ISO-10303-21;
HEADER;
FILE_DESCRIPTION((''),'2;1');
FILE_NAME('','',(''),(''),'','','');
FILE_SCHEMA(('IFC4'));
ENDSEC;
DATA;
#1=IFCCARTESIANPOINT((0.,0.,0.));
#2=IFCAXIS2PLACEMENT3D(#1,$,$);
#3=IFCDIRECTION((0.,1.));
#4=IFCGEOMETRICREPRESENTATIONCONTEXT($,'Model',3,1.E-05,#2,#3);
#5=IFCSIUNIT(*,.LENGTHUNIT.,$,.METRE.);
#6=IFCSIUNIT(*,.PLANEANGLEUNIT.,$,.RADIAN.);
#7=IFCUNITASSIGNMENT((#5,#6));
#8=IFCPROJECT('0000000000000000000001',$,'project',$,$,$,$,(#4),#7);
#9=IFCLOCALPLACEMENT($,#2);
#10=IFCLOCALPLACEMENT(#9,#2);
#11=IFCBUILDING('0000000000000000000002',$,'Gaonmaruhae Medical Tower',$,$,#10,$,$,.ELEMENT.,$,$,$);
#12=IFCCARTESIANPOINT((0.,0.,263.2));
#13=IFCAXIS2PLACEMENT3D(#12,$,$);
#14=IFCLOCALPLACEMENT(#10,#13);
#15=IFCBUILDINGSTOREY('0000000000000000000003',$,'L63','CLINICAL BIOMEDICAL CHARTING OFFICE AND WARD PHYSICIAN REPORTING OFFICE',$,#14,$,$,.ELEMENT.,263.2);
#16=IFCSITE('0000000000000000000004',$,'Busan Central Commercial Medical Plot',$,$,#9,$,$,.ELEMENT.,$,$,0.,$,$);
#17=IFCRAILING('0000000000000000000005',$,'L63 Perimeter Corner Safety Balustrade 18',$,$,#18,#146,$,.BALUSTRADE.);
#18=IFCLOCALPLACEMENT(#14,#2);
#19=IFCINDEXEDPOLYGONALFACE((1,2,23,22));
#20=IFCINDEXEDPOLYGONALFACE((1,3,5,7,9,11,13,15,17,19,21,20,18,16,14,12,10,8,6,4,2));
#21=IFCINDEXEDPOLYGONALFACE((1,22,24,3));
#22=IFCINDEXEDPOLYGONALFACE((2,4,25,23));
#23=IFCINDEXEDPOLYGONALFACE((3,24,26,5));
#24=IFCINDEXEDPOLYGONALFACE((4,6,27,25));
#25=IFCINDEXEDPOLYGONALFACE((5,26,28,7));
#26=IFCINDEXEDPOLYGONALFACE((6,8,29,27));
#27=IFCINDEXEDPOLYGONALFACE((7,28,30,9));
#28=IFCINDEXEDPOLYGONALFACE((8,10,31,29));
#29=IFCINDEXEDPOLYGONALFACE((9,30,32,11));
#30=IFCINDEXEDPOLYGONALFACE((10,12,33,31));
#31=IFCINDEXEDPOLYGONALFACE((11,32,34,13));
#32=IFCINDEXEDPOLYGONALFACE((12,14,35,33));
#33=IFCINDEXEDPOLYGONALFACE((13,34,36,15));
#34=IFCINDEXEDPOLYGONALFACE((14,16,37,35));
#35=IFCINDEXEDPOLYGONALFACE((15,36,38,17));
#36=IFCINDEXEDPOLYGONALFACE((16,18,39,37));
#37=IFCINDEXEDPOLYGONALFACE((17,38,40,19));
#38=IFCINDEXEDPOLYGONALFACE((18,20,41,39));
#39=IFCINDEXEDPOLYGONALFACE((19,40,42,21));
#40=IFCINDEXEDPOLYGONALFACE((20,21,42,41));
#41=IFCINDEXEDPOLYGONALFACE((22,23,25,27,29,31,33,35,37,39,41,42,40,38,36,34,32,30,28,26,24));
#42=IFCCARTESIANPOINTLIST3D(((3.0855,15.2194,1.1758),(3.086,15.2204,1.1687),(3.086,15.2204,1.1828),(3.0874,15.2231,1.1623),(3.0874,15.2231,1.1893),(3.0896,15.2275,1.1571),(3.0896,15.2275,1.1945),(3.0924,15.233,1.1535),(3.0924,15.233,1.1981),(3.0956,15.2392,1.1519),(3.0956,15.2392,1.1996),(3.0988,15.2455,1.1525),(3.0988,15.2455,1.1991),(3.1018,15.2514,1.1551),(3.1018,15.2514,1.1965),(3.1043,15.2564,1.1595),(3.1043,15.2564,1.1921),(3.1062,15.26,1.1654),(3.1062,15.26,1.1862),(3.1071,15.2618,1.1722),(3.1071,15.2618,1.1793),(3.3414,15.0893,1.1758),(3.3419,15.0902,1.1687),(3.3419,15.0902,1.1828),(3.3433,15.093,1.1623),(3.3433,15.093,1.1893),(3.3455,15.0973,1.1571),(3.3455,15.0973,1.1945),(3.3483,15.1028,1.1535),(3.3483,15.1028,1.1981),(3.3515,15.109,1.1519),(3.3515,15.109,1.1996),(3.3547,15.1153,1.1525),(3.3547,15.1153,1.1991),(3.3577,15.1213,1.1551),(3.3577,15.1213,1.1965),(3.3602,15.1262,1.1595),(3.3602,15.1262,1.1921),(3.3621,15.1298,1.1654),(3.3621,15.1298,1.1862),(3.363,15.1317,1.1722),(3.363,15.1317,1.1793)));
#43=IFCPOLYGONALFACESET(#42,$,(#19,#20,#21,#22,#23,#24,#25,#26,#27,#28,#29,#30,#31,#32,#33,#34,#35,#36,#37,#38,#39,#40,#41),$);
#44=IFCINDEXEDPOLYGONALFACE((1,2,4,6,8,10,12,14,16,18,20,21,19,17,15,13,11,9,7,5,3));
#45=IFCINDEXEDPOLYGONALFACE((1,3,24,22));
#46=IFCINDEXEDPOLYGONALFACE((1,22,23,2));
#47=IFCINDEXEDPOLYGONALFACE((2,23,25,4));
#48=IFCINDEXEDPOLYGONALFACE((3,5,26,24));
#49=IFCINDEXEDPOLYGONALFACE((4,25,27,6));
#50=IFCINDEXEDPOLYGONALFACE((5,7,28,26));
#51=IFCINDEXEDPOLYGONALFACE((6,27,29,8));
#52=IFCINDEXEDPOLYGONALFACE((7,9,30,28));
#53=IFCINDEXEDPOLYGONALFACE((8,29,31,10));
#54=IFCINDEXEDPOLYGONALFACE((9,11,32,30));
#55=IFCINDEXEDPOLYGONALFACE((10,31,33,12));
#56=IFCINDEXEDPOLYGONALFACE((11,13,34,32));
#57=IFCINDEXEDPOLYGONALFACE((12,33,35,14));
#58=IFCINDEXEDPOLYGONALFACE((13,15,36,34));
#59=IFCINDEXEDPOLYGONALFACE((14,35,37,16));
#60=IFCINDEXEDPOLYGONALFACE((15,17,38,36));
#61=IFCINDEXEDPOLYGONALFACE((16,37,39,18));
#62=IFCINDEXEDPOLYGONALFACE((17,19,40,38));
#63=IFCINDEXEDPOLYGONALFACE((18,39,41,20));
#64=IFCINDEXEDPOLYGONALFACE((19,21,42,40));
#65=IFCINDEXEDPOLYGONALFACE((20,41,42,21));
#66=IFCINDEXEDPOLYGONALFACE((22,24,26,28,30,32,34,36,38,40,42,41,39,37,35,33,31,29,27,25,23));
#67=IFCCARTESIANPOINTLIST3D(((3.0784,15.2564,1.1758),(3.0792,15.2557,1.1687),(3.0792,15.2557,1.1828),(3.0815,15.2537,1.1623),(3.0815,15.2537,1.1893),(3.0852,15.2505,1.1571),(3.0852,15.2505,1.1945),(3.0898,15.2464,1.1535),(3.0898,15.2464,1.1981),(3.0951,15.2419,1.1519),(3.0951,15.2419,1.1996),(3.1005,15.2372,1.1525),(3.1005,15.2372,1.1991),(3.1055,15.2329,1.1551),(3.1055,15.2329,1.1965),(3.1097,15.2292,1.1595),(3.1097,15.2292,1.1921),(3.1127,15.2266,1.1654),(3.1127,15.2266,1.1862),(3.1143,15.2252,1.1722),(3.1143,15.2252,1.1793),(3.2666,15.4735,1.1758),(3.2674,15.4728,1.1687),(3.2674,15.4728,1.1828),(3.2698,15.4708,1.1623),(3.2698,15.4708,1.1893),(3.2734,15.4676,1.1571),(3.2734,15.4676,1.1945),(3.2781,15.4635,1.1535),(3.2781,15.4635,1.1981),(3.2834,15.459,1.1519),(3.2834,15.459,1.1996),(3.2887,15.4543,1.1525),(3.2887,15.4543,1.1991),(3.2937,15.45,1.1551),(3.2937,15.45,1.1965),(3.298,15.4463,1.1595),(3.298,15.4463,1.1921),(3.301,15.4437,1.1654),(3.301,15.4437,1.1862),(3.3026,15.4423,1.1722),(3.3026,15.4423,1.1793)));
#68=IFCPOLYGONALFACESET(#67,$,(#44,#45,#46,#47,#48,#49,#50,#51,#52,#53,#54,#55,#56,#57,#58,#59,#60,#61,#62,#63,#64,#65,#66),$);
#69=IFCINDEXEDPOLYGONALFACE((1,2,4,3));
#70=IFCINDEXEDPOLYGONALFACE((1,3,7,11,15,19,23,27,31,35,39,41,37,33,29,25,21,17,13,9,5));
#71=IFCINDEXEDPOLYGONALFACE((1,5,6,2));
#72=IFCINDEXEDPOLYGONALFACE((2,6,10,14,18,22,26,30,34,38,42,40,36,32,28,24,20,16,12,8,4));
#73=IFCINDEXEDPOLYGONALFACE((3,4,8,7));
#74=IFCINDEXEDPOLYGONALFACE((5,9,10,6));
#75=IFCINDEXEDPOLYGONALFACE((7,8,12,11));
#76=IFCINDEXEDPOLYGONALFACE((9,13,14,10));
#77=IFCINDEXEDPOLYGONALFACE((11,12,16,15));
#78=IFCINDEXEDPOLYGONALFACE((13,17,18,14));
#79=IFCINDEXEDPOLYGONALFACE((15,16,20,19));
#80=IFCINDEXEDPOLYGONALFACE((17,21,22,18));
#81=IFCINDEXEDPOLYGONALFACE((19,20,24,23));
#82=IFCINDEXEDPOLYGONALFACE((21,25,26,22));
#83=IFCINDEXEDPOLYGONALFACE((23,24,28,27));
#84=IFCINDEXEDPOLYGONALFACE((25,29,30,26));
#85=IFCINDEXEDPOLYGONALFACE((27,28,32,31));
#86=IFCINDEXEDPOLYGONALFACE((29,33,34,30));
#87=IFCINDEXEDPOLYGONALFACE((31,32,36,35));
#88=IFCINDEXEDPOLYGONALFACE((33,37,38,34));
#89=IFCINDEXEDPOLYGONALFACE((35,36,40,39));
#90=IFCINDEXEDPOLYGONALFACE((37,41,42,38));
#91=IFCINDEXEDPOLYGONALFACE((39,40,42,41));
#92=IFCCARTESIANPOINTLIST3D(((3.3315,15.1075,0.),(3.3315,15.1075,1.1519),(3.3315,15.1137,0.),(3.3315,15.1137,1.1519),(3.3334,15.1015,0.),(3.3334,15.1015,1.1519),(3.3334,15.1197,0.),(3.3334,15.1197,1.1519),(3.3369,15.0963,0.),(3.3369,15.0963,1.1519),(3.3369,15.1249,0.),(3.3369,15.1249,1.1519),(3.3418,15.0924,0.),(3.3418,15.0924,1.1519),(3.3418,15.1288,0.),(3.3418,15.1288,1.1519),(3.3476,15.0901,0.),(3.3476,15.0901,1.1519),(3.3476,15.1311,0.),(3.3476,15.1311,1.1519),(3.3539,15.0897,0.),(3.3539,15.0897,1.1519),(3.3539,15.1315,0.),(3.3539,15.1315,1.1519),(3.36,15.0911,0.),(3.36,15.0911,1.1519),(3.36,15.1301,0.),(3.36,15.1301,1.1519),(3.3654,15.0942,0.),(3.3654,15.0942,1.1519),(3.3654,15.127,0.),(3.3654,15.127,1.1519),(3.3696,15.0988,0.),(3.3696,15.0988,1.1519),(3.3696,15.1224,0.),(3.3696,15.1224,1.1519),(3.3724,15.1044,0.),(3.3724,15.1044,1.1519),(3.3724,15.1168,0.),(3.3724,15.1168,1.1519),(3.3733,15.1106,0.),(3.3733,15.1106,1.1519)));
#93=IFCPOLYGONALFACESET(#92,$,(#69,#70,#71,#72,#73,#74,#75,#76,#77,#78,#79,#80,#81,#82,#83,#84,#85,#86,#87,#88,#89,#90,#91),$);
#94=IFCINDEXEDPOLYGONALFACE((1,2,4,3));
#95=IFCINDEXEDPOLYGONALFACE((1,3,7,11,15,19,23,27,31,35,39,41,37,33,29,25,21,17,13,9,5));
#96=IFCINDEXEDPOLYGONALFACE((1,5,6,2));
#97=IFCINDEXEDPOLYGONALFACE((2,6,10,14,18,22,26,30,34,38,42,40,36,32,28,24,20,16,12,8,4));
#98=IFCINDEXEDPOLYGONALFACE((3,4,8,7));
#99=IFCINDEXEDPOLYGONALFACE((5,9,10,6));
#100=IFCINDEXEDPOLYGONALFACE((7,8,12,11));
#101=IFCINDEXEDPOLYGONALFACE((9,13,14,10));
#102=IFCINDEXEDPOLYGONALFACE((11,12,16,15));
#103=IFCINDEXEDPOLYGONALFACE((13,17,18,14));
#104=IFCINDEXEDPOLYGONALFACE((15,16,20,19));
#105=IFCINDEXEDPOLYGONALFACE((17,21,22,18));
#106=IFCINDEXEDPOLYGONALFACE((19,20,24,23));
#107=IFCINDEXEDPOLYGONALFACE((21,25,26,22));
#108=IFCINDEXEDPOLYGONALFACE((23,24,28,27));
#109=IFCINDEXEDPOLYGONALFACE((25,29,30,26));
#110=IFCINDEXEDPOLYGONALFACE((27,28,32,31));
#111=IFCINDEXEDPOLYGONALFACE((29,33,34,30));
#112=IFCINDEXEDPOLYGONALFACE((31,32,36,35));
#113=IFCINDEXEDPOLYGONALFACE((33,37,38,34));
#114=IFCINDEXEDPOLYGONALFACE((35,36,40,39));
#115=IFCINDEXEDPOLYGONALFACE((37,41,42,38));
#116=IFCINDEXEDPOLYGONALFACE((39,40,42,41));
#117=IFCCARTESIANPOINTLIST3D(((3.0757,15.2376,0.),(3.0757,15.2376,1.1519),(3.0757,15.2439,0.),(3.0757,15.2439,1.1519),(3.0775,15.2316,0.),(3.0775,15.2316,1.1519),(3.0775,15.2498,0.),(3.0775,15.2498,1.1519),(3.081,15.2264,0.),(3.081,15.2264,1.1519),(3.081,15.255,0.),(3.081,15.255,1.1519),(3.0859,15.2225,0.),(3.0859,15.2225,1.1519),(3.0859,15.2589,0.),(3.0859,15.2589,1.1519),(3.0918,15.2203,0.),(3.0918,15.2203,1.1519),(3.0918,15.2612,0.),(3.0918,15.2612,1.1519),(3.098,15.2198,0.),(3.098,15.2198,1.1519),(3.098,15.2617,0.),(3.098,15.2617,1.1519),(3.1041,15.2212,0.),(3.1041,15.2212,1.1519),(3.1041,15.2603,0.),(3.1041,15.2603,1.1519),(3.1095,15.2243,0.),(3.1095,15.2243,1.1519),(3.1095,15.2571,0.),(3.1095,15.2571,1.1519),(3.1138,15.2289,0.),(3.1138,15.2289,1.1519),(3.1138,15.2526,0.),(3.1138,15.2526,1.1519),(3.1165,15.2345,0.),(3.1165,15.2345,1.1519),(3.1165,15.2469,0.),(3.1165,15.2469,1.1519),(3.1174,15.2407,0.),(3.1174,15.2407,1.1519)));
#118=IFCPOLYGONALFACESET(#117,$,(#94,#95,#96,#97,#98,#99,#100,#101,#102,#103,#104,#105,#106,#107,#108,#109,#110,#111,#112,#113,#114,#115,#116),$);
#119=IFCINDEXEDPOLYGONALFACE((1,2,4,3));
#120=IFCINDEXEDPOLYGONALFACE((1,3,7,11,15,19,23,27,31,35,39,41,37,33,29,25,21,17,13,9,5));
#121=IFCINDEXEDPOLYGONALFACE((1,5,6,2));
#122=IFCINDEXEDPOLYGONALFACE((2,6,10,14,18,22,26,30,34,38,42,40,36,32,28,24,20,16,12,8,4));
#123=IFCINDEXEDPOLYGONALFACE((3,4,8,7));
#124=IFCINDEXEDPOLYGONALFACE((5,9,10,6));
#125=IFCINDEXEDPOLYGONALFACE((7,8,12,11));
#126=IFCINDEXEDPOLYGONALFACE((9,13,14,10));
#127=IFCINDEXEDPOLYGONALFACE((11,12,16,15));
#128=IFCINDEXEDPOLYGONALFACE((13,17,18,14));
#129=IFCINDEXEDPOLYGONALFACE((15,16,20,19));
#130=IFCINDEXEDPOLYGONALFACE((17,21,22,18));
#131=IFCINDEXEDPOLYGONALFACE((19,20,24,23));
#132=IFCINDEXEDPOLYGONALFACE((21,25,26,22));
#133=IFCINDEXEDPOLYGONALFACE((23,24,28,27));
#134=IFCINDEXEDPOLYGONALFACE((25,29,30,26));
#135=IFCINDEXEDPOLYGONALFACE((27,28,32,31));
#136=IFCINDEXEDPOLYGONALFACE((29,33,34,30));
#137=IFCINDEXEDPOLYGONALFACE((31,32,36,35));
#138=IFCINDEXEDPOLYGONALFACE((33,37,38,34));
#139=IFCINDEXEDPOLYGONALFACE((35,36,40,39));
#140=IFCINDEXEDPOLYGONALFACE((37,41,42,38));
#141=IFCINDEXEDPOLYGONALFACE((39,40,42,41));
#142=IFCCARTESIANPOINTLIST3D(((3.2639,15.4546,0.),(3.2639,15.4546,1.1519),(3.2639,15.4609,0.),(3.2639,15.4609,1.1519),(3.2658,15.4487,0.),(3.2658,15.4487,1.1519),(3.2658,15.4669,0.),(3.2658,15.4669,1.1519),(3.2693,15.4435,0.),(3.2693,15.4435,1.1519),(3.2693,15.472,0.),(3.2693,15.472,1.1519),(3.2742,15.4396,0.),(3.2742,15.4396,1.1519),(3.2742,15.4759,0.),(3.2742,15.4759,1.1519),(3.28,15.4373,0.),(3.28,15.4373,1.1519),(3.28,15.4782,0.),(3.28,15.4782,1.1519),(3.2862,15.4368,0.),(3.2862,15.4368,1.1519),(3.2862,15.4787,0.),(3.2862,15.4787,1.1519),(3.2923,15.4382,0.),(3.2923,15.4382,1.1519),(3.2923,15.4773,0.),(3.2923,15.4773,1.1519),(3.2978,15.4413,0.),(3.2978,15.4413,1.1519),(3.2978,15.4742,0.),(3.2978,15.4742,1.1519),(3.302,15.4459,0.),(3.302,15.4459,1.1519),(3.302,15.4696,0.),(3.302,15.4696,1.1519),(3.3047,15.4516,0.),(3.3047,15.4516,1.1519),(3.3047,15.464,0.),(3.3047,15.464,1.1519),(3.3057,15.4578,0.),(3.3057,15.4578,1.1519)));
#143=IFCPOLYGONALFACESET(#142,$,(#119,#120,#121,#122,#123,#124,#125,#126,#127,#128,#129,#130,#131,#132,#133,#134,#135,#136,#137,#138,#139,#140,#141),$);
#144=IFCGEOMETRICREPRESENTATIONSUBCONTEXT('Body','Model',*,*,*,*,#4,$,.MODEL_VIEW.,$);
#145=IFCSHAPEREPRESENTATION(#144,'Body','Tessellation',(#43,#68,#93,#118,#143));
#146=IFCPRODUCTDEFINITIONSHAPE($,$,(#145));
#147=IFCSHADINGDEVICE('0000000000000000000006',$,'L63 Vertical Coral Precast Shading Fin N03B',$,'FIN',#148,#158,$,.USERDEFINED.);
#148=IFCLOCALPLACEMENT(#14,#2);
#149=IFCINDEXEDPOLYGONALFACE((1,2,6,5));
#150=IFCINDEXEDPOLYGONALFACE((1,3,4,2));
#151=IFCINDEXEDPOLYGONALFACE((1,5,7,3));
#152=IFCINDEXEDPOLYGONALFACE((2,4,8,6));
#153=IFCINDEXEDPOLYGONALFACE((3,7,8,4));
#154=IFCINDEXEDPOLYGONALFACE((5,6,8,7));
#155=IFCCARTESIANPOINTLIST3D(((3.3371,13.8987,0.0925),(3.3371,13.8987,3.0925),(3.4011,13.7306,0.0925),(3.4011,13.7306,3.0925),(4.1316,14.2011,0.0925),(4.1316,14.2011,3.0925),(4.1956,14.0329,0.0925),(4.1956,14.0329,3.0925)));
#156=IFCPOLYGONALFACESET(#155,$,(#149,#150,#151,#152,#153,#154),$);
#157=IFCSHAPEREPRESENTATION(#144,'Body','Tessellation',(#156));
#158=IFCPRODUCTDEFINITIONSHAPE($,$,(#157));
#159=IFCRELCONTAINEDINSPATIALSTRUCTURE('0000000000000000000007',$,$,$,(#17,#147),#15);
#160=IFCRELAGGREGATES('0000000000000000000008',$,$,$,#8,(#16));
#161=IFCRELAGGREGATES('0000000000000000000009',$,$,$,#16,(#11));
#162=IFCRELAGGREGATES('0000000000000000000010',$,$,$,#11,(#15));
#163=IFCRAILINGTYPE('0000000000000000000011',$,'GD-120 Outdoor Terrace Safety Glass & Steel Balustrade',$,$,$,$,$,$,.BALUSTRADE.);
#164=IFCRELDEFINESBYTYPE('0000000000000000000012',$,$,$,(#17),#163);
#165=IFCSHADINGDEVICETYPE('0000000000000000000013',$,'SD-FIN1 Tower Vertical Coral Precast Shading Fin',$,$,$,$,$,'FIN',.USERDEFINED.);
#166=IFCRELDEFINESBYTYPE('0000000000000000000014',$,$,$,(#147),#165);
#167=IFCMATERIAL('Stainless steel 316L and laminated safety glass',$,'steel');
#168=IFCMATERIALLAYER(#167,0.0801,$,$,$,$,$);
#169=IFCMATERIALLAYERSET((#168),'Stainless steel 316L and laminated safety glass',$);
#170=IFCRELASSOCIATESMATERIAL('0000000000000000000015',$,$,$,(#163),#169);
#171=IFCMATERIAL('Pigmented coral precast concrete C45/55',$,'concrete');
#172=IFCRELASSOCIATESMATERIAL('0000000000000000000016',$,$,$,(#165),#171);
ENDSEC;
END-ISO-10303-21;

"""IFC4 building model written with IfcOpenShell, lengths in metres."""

from ifc_helpers import new_model, si_unit, direction, frame, origin, origin_2d, place, context, subcontext, project, spatial, rectangle, circle, extrude, material, layer, layer_set, type_object, element, save


model = new_model("IFC4")

# Units and contexts
model_context = context("Model", 3, precision=1e-05, world=origin(), true_north=direction((0.0, 1.0)))
body_context = subcontext(model_context, "Body", "Model", "MODEL_VIEW")
ifc_project = project(units=[si_unit("LENGTHUNIT", "METRE"), si_unit("PLANEANGLEUNIT", "RADIAN")], contexts=[model_context])

# Site, building, storey
site_placement = place(None, origin())
site = spatial("IfcSite", under=ifc_project, at=site_placement, Name="Busan Central Commercial Medical Plot", CompositionType="ELEMENT", RefElevation=0.0)
building_placement = place(site_placement, origin())
building = spatial("IfcBuilding", under=site, at=building_placement, Name="Gaonmaruhae Medical Tower", CompositionType="ELEMENT")
storey_placement = place(building_placement, frame((0.0, 0.0, 263.2)))
storey = spatial("IfcBuildingStorey", under=building, at=storey_placement, Name="L63", Description="CLINICAL BIOMEDICAL CHARTING OFFICE AND WARD PHYSICIAN REPORTING OFFICE", CompositionType="ELEMENT", Elevation=263.2)

# Railing
ifc_material_1 = material(Name="Stainless steel 316L and laminated safety glass", Category="steel")
ifc_layer_1 = layer(ifc_material_1, 0.0801)
ifc_layer_set_1 = layer_set([ifc_layer_1], Name="Stainless steel 316L and laminated safety glass")
railing_type_1 = type_object("IfcRailingType", Name="GD-120 Outdoor Terrace Safety Glass & Steel Balustrade", PredefinedType="BALUSTRADE", material=ifc_layer_set_1)
railing_1_placement = place(storey_placement, frame((3.3523, 15.1106, 0.0)))
element("IfcRailing", 1, at=railing_1_placement, inside=storey, type_object=railing_type_1, Name="L63 Perimeter Corner Safety Balustrade 18", PredefinedType="BALUSTRADE", context=body_context, shape_type="SweptSolid", body=[
    extrude(circle(Radius=0.0239, at=origin_2d()), frame((0.0, 0.0, 1.1758), z_axis=(-0.891344, 0.453327, 0.0), x_axis=(-0.453327, -0.891344, 0.0)), (0.0, 0.0, 1.0), 0.2871),
    extrude(circle(Radius=0.0239, at=origin_2d()), frame((-0.2559, 0.1301, 1.1758), z_axis=(0.655189, 0.755465, 0.0), x_axis=(-0.755465, 0.655189, 0.0)), (0.0, 0.0, 1.0), 0.2874),
    extrude(circle(Radius=0.021, at=origin_2d()), origin(), (0.0, 0.0, 1.0), 1.1519),
    extrude(circle(Radius=0.021, at=origin_2d()), frame((-0.2559, 0.1301, 0.0)), (0.0, 0.0, 1.0), 1.1519),
    extrude(circle(Radius=0.021, at=origin_2d()), frame((-0.0676, 0.3472, 0.0)), (0.0, 0.0, 1.0), 1.1519),
])

# Shading device
ifc_material_2 = material(Name="Pigmented coral precast concrete C45/55", Category="concrete")
shading_device_type = type_object("IfcShadingDeviceType", Name="SD-FIN1 Tower Vertical Coral Precast Shading Fin", ElementType="FIN", PredefinedType="USERDEFINED", material=ifc_material_2)
shading_device_placement = place(storey_placement, frame((3.7664, 13.9658, 0.0925), z_axis=(0.0, 0.0, 1.0), x_axis=(-0.355629, 0.934627, 0.0)))
element("IfcShadingDevice", 2, at=shading_device_placement, inside=storey, type_object=shading_device_type, Name="L63 Vertical Coral Precast Shading Fin N03B", ObjectType="FIN", PredefinedType="USERDEFINED", context=body_context, shape_type="SweptSolid", body=[
    extrude(rectangle(XDim=0.1799, YDim=0.8501, at=origin_2d()), origin(), (0.0, 0.0, 1.0), 3.0),
])

save(model, "model.ifc")
